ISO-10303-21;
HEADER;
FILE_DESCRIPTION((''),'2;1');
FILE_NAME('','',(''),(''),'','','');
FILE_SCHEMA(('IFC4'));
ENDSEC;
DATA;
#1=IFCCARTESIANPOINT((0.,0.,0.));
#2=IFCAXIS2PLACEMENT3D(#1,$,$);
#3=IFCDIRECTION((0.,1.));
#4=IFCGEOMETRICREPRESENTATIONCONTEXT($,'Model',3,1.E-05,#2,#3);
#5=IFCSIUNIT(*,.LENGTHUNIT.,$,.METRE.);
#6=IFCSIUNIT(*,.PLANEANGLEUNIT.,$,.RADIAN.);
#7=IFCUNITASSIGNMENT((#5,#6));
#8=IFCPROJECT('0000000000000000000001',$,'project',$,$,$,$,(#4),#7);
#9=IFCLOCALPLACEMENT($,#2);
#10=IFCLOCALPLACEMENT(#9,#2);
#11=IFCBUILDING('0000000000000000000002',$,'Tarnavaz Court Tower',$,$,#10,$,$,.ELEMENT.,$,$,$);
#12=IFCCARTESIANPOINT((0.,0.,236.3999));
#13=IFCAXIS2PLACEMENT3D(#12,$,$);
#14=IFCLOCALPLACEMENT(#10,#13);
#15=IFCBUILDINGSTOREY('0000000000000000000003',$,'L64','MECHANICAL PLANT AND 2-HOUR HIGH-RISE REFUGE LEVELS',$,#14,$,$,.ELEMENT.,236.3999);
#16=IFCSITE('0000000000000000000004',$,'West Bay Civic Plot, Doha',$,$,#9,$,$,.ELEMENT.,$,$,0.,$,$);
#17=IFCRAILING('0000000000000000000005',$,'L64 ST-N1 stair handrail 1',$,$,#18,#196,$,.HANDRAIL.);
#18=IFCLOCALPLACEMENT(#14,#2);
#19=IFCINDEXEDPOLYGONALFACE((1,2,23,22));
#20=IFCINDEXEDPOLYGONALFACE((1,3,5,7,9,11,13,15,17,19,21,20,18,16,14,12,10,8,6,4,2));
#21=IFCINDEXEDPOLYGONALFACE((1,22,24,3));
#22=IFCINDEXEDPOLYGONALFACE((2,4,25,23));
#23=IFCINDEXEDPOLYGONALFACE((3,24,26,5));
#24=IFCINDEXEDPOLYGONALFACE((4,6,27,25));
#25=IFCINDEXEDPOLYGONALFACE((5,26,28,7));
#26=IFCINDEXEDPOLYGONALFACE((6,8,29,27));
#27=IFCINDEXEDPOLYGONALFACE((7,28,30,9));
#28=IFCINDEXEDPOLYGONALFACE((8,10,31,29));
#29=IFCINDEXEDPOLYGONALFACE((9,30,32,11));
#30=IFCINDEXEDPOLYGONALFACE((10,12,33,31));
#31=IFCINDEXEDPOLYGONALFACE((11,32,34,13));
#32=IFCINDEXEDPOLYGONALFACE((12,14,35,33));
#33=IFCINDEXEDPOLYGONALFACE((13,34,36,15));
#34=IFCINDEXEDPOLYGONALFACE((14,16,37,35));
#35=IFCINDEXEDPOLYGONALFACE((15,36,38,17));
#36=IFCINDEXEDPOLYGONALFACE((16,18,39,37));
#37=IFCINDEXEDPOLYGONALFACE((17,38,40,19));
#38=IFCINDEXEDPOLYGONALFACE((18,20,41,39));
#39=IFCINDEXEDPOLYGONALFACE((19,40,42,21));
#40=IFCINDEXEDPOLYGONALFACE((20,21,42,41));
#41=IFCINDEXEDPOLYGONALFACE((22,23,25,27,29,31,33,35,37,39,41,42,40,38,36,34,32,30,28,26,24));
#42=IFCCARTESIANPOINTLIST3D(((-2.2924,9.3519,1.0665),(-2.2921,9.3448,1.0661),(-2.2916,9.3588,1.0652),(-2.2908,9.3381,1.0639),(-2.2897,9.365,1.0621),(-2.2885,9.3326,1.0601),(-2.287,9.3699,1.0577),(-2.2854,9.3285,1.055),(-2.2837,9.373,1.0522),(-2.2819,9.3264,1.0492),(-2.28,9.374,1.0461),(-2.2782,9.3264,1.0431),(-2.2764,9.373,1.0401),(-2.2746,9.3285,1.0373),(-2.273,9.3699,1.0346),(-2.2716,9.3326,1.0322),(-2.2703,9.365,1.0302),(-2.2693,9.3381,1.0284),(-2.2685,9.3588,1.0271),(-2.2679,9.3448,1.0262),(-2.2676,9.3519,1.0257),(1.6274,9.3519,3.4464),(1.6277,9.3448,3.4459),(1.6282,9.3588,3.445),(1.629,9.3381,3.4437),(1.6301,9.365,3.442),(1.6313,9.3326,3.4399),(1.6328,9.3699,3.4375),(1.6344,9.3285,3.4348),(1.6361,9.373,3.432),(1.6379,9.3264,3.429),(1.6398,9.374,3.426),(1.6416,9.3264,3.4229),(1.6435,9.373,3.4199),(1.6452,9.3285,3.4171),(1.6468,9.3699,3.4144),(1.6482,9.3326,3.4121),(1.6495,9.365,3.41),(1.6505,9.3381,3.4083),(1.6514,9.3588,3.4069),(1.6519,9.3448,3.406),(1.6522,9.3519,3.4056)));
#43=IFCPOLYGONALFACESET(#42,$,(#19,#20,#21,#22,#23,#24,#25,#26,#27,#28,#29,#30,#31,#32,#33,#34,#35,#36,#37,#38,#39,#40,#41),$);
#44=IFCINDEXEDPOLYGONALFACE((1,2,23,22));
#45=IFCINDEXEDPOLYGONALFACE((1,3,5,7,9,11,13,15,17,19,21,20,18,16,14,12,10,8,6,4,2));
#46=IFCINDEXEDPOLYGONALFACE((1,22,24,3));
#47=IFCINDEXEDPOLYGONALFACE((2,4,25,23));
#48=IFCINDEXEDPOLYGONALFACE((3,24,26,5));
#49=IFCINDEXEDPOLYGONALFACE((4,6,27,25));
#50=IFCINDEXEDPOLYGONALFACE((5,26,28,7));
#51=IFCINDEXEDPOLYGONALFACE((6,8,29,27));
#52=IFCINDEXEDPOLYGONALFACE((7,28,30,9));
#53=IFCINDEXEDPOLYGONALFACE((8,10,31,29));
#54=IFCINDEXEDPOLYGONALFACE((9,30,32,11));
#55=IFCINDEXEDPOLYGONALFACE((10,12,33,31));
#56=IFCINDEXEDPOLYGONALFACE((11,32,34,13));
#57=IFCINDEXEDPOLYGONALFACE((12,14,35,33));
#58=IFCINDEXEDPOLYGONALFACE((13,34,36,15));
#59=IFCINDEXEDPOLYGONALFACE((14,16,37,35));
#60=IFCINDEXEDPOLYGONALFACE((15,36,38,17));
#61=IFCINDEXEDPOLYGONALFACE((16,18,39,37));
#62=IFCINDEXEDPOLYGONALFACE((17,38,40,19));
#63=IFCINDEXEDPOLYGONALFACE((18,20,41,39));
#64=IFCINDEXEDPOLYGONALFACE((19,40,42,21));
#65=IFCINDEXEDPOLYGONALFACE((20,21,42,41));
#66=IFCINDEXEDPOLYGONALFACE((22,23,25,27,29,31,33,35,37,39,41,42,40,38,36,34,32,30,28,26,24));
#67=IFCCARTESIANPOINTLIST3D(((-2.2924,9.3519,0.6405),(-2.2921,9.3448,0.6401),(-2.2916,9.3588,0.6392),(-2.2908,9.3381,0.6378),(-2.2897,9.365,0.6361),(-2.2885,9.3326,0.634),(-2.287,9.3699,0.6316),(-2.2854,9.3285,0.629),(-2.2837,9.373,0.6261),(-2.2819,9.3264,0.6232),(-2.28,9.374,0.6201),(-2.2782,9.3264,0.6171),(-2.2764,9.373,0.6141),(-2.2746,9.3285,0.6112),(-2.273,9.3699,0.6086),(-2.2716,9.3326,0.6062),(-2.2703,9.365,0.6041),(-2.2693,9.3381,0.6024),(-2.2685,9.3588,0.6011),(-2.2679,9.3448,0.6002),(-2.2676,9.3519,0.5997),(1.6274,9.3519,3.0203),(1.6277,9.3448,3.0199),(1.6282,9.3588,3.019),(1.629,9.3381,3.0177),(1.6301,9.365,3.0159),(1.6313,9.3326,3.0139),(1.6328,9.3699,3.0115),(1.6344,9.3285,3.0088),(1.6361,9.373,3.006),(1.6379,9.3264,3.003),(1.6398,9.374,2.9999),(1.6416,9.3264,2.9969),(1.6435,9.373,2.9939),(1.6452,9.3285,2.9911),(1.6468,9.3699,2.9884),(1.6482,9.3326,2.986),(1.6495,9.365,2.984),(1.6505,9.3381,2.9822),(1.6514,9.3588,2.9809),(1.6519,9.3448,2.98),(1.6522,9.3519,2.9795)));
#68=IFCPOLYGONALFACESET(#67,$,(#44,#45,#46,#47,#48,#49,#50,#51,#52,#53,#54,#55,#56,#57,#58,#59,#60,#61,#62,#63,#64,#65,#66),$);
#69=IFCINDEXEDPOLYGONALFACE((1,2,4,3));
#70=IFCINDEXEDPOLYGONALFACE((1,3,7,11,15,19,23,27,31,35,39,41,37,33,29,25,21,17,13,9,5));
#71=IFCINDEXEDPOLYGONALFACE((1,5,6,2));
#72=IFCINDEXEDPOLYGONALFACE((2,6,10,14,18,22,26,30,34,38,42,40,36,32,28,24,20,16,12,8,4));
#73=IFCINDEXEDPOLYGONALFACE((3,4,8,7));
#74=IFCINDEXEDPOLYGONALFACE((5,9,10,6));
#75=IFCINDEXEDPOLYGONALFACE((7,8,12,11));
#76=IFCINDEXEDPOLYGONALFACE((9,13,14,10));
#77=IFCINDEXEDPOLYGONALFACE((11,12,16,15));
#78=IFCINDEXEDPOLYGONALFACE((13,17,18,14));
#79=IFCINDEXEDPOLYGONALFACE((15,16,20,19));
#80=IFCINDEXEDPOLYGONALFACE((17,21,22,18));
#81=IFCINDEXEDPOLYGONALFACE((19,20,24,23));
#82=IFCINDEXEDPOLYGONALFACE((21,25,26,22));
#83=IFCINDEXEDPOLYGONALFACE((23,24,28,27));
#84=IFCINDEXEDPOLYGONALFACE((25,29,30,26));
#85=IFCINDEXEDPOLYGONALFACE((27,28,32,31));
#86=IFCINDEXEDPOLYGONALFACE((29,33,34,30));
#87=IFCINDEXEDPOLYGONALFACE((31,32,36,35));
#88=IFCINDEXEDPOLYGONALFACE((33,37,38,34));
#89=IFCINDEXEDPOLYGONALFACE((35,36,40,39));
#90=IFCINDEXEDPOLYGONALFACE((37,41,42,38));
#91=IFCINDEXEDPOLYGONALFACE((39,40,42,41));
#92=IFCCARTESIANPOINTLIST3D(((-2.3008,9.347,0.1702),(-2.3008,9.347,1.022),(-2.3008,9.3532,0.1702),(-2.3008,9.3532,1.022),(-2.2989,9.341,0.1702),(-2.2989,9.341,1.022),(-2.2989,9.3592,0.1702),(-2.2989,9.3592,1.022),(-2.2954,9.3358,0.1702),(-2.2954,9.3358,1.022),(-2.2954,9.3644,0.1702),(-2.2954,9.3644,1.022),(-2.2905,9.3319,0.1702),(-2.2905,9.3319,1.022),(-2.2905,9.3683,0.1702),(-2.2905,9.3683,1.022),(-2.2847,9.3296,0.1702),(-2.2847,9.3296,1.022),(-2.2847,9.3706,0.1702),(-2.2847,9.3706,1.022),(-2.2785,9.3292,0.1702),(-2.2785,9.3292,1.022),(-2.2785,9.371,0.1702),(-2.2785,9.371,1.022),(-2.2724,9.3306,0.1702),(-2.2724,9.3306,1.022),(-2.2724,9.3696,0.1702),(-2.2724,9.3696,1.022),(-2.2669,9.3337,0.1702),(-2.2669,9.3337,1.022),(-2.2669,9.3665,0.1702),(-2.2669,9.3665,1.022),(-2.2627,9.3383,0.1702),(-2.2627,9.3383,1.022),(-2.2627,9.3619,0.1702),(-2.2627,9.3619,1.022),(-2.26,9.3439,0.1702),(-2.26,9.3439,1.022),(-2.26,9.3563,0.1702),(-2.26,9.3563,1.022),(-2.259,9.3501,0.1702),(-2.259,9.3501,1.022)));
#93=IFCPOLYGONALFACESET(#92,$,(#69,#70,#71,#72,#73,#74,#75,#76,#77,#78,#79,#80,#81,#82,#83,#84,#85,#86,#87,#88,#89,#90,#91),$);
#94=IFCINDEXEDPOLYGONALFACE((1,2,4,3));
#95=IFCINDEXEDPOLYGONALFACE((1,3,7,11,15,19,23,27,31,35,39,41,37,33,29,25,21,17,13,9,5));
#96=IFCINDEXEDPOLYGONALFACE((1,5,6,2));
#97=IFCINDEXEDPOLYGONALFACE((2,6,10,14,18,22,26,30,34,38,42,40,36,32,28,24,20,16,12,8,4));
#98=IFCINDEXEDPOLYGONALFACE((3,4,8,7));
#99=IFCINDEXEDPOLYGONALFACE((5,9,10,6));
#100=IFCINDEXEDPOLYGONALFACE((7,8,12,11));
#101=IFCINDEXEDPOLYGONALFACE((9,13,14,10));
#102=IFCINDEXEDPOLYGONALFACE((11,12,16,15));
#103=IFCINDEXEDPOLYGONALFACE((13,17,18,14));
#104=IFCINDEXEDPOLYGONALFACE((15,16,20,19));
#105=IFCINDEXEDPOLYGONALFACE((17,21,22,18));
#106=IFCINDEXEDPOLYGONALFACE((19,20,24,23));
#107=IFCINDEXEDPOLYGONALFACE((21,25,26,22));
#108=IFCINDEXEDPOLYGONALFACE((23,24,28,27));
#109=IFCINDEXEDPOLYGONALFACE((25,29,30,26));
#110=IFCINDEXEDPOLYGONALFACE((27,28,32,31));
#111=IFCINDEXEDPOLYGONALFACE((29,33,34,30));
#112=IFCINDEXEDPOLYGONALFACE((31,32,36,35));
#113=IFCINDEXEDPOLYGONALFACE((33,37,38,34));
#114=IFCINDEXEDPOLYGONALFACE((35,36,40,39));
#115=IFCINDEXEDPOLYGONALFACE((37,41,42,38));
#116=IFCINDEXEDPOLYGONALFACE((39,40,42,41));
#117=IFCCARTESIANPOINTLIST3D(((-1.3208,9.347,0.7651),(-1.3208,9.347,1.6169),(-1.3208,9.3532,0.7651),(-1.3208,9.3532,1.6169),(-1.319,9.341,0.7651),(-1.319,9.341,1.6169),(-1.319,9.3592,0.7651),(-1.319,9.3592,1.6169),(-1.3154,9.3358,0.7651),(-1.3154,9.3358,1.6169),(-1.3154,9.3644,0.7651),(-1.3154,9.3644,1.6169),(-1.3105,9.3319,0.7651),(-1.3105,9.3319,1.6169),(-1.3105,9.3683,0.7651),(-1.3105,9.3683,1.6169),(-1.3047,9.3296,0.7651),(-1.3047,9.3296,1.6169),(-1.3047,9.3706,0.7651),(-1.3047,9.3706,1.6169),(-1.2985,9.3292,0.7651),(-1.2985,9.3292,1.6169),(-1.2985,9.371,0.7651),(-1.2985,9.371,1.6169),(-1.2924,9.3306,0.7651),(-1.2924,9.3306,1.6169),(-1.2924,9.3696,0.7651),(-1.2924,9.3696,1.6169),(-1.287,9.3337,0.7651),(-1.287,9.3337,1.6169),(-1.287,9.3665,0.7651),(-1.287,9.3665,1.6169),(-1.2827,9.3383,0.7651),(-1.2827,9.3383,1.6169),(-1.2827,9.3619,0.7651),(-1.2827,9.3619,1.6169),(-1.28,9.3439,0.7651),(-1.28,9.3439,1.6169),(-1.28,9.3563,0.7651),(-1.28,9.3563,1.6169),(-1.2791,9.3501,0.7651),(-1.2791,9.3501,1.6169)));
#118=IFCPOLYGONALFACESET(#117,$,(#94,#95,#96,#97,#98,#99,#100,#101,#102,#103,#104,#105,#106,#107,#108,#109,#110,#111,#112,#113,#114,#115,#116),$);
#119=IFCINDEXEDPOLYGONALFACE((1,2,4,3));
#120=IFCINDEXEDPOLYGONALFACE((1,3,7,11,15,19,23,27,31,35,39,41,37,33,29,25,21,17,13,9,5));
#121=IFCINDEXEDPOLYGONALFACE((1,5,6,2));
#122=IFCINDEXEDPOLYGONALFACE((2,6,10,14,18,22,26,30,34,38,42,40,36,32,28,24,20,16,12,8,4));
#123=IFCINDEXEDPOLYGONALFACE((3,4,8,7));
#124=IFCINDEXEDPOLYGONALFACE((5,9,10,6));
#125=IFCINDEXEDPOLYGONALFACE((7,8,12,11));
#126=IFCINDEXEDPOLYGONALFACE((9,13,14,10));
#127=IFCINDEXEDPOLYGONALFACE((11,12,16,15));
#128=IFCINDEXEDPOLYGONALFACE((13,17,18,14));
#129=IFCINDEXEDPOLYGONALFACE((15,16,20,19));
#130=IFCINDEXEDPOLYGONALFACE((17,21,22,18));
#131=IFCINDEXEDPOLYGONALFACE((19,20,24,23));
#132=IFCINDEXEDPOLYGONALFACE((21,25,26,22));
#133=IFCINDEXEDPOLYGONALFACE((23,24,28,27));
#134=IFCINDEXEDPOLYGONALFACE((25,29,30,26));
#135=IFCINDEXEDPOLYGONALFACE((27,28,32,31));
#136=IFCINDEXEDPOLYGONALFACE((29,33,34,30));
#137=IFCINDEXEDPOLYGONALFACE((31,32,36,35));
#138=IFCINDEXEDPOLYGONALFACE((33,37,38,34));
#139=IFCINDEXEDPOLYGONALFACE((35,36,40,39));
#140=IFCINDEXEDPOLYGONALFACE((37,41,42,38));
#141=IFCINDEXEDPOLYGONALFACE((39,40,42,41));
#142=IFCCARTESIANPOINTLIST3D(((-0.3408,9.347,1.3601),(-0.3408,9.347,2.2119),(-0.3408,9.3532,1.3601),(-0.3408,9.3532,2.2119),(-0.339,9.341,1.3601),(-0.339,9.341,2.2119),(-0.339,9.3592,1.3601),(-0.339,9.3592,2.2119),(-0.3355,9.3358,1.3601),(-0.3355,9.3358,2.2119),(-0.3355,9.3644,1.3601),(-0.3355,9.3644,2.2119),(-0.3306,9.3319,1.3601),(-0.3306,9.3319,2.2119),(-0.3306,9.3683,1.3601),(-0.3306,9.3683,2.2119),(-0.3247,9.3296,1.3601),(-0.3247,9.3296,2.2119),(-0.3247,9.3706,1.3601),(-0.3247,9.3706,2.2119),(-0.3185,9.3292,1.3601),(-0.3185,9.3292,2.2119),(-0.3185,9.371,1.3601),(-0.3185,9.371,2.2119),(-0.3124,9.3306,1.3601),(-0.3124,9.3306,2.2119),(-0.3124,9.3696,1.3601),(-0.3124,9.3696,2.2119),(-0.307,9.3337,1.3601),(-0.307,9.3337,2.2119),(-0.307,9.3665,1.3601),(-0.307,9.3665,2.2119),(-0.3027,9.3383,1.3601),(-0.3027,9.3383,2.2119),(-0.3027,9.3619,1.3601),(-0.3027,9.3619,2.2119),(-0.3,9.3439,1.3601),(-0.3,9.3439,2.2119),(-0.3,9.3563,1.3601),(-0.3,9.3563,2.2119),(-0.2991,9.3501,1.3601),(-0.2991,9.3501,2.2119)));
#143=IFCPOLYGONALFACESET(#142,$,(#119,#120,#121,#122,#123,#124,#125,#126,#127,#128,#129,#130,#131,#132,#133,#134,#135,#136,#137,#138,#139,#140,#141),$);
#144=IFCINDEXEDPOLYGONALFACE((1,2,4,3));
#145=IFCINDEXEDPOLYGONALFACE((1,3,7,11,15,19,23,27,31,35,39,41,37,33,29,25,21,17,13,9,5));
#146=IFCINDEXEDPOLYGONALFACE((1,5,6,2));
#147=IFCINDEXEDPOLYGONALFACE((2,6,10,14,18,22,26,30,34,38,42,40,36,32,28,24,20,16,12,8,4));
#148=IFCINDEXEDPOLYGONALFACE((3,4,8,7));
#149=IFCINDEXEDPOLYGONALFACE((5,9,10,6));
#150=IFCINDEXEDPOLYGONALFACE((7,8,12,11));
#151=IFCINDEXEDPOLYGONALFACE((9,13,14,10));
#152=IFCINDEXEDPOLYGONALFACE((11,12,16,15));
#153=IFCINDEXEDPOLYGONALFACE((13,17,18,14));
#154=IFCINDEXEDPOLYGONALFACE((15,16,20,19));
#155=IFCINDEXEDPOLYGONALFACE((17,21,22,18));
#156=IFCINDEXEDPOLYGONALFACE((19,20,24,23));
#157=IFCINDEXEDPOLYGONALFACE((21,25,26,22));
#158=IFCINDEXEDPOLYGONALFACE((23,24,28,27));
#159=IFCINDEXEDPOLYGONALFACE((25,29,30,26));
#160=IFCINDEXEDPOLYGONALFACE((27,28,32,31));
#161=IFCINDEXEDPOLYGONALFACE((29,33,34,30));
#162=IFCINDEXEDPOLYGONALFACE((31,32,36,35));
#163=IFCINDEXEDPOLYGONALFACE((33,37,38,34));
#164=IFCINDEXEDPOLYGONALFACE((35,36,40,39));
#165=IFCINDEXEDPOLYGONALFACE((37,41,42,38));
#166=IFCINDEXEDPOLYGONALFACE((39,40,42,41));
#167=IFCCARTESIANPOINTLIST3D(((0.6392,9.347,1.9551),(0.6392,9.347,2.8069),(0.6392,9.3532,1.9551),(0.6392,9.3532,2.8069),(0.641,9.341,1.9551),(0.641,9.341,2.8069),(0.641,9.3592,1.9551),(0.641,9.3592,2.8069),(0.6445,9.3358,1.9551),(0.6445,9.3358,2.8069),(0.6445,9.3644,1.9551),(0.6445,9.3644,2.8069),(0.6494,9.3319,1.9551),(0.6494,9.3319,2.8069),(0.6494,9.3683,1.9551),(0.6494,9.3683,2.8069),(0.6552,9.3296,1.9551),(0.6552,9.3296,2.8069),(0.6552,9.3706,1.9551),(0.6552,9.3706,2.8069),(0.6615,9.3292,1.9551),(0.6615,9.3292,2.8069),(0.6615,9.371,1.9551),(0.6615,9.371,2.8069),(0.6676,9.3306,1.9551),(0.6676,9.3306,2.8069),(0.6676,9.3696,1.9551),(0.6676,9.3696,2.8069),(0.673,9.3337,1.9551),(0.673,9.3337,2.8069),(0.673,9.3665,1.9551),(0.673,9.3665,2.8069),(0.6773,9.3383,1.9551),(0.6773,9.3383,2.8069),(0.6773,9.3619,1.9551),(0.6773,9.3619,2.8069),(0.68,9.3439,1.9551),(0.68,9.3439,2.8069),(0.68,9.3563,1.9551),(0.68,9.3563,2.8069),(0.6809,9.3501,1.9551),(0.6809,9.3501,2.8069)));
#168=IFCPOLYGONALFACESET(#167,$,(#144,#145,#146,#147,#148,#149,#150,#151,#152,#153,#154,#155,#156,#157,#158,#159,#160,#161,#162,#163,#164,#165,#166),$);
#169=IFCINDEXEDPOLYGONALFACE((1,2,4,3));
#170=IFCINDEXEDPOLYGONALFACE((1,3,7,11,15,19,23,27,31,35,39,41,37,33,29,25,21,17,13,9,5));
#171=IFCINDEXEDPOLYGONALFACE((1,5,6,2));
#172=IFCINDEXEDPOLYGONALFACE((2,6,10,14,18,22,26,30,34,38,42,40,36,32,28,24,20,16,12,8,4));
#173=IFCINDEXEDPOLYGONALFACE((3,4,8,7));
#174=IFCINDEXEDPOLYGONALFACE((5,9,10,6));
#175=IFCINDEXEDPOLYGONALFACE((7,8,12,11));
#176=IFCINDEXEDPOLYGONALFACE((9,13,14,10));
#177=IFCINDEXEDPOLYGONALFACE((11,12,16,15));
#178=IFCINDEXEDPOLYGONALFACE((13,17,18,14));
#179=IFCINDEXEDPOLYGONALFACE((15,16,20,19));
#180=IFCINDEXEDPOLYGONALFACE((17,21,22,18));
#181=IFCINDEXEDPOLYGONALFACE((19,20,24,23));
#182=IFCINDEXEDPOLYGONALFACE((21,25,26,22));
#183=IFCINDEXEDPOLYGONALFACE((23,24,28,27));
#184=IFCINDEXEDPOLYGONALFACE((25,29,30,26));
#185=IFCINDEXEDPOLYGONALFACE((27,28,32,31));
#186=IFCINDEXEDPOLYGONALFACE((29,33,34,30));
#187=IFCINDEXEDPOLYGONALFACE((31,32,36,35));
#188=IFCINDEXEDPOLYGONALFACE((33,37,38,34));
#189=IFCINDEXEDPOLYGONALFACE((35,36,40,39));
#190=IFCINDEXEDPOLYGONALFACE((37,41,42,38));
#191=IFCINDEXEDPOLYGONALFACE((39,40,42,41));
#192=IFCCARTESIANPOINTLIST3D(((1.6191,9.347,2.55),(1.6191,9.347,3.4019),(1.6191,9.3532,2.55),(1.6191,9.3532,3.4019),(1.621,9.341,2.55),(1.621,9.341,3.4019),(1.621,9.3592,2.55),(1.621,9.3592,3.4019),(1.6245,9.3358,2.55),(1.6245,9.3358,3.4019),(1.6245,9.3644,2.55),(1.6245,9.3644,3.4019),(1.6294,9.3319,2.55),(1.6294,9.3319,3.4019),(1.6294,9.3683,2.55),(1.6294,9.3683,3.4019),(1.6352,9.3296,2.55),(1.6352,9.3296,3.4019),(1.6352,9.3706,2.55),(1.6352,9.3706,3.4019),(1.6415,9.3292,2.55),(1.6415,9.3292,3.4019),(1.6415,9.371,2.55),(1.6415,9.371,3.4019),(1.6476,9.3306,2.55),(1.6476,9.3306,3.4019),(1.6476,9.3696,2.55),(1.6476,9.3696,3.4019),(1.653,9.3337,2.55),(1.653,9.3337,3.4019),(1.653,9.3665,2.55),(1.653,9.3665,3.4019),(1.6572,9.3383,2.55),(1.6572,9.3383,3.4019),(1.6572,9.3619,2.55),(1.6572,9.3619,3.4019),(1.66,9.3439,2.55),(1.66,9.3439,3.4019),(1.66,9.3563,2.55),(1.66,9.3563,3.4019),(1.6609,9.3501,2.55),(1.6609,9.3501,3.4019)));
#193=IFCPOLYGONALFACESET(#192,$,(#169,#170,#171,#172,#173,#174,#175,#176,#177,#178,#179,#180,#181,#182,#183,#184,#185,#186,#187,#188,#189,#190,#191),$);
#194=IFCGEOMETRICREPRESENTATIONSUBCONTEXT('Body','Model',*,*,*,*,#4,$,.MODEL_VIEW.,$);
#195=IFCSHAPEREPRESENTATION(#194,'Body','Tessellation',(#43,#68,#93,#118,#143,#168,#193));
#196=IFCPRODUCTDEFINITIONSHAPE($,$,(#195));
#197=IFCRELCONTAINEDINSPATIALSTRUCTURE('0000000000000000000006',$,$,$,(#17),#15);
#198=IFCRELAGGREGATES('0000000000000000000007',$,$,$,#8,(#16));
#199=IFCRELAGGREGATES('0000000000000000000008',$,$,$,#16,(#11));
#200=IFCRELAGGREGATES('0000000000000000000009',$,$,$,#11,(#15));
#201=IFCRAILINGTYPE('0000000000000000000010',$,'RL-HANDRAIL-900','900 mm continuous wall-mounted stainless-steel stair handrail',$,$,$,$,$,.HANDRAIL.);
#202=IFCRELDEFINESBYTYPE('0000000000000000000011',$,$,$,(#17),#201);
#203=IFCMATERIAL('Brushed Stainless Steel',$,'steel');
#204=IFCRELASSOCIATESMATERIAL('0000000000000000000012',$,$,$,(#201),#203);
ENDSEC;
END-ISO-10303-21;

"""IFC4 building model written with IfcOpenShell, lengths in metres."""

from ifc_helpers import new_model, si_unit, direction, frame, origin, origin_2d, place, context, subcontext, project, spatial, circle, extrude, material, type_object, element, save


model = new_model("IFC4")

# Units and contexts
model_context = context("Model", 3, precision=1e-05, world=origin(), true_north=direction((0.0, 1.0)))
body_context = subcontext(model_context, "Body", "Model", "MODEL_VIEW")
ifc_project = project(units=[si_unit("LENGTHUNIT", "METRE"), si_unit("PLANEANGLEUNIT", "RADIAN")], contexts=[model_context])

# Site, building, storey
site_placement = place(None, origin())
site = spatial("IfcSite", under=ifc_project, at=site_placement, Name="West Bay Civic Plot, Doha", CompositionType="ELEMENT", RefElevation=0.0)
building_placement = place(site_placement, origin())
building = spatial("IfcBuilding", under=site, at=building_placement, Name="Tarnavaz Court Tower", CompositionType="ELEMENT")
storey_placement = place(building_placement, frame((0.0, 0.0, 236.3999)))
storey = spatial("IfcBuildingStorey", under=building, at=storey_placement, Name="L64", Description="MECHANICAL PLANT AND 2-HOUR HIGH-RISE REFUGE LEVELS", CompositionType="ELEMENT", Elevation=236.3999)

# Railing
ifc_material_1 = material(Name="Brushed Stainless Steel", Category="steel")
railing_type_1 = type_object("IfcRailingType", Name="RL-HANDRAIL-900", Description="900 mm continuous wall-mounted stainless-steel stair handrail", PredefinedType="HANDRAIL", material=ifc_material_1)
railing_1_placement = place(storey_placement, frame((-2.28, 9.3501, 0.1702)))
element("IfcRailing", 1, at=railing_1_placement, inside=storey, type_object=railing_type_1, Name="L64 ST-N1 stair handrail 1", PredefinedType="HANDRAIL", context=body_context, shape_type="SweptSolid", body=[
    extrude(circle(Radius=0.0239, at=origin_2d()), frame((0.0, 0.0, 0.876), z_axis=(0.854794, 0.0, 0.518967), x_axis=(0.0, 1.0, 0.0)), (0.0, 0.0, 1.0), 4.5857),
    extrude(circle(Radius=0.0239, at=origin_2d()), frame((0.0, 0.0, 0.45), z_axis=(0.854794, 0.0, 0.518967), x_axis=(0.0, 1.0, 0.0)), (0.0, 0.0, 1.0), 4.5857),
    extrude(circle(Radius=0.021, at=origin_2d()), origin(), (0.0, 0.0, 1.0), 0.8518),
    extrude(circle(Radius=0.021, at=origin_2d()), frame((0.98, 0.0, 0.595)), (0.0, 0.0, 1.0), 0.8518),
    extrude(circle(Radius=0.021, at=origin_2d()), frame((1.96, 0.0, 1.1899)), (0.0, 0.0, 1.0), 0.8518),
    extrude(circle(Radius=0.021, at=origin_2d()), frame((2.9399, 0.0, 1.7849)), (0.0, 0.0, 1.0), 0.8518),
    extrude(circle(Radius=0.021, at=origin_2d()), frame((3.9199, 0.0, 2.3799)), (0.0, 0.0, 1.0), 0.8518),
])

save(model, "model.ifc")
